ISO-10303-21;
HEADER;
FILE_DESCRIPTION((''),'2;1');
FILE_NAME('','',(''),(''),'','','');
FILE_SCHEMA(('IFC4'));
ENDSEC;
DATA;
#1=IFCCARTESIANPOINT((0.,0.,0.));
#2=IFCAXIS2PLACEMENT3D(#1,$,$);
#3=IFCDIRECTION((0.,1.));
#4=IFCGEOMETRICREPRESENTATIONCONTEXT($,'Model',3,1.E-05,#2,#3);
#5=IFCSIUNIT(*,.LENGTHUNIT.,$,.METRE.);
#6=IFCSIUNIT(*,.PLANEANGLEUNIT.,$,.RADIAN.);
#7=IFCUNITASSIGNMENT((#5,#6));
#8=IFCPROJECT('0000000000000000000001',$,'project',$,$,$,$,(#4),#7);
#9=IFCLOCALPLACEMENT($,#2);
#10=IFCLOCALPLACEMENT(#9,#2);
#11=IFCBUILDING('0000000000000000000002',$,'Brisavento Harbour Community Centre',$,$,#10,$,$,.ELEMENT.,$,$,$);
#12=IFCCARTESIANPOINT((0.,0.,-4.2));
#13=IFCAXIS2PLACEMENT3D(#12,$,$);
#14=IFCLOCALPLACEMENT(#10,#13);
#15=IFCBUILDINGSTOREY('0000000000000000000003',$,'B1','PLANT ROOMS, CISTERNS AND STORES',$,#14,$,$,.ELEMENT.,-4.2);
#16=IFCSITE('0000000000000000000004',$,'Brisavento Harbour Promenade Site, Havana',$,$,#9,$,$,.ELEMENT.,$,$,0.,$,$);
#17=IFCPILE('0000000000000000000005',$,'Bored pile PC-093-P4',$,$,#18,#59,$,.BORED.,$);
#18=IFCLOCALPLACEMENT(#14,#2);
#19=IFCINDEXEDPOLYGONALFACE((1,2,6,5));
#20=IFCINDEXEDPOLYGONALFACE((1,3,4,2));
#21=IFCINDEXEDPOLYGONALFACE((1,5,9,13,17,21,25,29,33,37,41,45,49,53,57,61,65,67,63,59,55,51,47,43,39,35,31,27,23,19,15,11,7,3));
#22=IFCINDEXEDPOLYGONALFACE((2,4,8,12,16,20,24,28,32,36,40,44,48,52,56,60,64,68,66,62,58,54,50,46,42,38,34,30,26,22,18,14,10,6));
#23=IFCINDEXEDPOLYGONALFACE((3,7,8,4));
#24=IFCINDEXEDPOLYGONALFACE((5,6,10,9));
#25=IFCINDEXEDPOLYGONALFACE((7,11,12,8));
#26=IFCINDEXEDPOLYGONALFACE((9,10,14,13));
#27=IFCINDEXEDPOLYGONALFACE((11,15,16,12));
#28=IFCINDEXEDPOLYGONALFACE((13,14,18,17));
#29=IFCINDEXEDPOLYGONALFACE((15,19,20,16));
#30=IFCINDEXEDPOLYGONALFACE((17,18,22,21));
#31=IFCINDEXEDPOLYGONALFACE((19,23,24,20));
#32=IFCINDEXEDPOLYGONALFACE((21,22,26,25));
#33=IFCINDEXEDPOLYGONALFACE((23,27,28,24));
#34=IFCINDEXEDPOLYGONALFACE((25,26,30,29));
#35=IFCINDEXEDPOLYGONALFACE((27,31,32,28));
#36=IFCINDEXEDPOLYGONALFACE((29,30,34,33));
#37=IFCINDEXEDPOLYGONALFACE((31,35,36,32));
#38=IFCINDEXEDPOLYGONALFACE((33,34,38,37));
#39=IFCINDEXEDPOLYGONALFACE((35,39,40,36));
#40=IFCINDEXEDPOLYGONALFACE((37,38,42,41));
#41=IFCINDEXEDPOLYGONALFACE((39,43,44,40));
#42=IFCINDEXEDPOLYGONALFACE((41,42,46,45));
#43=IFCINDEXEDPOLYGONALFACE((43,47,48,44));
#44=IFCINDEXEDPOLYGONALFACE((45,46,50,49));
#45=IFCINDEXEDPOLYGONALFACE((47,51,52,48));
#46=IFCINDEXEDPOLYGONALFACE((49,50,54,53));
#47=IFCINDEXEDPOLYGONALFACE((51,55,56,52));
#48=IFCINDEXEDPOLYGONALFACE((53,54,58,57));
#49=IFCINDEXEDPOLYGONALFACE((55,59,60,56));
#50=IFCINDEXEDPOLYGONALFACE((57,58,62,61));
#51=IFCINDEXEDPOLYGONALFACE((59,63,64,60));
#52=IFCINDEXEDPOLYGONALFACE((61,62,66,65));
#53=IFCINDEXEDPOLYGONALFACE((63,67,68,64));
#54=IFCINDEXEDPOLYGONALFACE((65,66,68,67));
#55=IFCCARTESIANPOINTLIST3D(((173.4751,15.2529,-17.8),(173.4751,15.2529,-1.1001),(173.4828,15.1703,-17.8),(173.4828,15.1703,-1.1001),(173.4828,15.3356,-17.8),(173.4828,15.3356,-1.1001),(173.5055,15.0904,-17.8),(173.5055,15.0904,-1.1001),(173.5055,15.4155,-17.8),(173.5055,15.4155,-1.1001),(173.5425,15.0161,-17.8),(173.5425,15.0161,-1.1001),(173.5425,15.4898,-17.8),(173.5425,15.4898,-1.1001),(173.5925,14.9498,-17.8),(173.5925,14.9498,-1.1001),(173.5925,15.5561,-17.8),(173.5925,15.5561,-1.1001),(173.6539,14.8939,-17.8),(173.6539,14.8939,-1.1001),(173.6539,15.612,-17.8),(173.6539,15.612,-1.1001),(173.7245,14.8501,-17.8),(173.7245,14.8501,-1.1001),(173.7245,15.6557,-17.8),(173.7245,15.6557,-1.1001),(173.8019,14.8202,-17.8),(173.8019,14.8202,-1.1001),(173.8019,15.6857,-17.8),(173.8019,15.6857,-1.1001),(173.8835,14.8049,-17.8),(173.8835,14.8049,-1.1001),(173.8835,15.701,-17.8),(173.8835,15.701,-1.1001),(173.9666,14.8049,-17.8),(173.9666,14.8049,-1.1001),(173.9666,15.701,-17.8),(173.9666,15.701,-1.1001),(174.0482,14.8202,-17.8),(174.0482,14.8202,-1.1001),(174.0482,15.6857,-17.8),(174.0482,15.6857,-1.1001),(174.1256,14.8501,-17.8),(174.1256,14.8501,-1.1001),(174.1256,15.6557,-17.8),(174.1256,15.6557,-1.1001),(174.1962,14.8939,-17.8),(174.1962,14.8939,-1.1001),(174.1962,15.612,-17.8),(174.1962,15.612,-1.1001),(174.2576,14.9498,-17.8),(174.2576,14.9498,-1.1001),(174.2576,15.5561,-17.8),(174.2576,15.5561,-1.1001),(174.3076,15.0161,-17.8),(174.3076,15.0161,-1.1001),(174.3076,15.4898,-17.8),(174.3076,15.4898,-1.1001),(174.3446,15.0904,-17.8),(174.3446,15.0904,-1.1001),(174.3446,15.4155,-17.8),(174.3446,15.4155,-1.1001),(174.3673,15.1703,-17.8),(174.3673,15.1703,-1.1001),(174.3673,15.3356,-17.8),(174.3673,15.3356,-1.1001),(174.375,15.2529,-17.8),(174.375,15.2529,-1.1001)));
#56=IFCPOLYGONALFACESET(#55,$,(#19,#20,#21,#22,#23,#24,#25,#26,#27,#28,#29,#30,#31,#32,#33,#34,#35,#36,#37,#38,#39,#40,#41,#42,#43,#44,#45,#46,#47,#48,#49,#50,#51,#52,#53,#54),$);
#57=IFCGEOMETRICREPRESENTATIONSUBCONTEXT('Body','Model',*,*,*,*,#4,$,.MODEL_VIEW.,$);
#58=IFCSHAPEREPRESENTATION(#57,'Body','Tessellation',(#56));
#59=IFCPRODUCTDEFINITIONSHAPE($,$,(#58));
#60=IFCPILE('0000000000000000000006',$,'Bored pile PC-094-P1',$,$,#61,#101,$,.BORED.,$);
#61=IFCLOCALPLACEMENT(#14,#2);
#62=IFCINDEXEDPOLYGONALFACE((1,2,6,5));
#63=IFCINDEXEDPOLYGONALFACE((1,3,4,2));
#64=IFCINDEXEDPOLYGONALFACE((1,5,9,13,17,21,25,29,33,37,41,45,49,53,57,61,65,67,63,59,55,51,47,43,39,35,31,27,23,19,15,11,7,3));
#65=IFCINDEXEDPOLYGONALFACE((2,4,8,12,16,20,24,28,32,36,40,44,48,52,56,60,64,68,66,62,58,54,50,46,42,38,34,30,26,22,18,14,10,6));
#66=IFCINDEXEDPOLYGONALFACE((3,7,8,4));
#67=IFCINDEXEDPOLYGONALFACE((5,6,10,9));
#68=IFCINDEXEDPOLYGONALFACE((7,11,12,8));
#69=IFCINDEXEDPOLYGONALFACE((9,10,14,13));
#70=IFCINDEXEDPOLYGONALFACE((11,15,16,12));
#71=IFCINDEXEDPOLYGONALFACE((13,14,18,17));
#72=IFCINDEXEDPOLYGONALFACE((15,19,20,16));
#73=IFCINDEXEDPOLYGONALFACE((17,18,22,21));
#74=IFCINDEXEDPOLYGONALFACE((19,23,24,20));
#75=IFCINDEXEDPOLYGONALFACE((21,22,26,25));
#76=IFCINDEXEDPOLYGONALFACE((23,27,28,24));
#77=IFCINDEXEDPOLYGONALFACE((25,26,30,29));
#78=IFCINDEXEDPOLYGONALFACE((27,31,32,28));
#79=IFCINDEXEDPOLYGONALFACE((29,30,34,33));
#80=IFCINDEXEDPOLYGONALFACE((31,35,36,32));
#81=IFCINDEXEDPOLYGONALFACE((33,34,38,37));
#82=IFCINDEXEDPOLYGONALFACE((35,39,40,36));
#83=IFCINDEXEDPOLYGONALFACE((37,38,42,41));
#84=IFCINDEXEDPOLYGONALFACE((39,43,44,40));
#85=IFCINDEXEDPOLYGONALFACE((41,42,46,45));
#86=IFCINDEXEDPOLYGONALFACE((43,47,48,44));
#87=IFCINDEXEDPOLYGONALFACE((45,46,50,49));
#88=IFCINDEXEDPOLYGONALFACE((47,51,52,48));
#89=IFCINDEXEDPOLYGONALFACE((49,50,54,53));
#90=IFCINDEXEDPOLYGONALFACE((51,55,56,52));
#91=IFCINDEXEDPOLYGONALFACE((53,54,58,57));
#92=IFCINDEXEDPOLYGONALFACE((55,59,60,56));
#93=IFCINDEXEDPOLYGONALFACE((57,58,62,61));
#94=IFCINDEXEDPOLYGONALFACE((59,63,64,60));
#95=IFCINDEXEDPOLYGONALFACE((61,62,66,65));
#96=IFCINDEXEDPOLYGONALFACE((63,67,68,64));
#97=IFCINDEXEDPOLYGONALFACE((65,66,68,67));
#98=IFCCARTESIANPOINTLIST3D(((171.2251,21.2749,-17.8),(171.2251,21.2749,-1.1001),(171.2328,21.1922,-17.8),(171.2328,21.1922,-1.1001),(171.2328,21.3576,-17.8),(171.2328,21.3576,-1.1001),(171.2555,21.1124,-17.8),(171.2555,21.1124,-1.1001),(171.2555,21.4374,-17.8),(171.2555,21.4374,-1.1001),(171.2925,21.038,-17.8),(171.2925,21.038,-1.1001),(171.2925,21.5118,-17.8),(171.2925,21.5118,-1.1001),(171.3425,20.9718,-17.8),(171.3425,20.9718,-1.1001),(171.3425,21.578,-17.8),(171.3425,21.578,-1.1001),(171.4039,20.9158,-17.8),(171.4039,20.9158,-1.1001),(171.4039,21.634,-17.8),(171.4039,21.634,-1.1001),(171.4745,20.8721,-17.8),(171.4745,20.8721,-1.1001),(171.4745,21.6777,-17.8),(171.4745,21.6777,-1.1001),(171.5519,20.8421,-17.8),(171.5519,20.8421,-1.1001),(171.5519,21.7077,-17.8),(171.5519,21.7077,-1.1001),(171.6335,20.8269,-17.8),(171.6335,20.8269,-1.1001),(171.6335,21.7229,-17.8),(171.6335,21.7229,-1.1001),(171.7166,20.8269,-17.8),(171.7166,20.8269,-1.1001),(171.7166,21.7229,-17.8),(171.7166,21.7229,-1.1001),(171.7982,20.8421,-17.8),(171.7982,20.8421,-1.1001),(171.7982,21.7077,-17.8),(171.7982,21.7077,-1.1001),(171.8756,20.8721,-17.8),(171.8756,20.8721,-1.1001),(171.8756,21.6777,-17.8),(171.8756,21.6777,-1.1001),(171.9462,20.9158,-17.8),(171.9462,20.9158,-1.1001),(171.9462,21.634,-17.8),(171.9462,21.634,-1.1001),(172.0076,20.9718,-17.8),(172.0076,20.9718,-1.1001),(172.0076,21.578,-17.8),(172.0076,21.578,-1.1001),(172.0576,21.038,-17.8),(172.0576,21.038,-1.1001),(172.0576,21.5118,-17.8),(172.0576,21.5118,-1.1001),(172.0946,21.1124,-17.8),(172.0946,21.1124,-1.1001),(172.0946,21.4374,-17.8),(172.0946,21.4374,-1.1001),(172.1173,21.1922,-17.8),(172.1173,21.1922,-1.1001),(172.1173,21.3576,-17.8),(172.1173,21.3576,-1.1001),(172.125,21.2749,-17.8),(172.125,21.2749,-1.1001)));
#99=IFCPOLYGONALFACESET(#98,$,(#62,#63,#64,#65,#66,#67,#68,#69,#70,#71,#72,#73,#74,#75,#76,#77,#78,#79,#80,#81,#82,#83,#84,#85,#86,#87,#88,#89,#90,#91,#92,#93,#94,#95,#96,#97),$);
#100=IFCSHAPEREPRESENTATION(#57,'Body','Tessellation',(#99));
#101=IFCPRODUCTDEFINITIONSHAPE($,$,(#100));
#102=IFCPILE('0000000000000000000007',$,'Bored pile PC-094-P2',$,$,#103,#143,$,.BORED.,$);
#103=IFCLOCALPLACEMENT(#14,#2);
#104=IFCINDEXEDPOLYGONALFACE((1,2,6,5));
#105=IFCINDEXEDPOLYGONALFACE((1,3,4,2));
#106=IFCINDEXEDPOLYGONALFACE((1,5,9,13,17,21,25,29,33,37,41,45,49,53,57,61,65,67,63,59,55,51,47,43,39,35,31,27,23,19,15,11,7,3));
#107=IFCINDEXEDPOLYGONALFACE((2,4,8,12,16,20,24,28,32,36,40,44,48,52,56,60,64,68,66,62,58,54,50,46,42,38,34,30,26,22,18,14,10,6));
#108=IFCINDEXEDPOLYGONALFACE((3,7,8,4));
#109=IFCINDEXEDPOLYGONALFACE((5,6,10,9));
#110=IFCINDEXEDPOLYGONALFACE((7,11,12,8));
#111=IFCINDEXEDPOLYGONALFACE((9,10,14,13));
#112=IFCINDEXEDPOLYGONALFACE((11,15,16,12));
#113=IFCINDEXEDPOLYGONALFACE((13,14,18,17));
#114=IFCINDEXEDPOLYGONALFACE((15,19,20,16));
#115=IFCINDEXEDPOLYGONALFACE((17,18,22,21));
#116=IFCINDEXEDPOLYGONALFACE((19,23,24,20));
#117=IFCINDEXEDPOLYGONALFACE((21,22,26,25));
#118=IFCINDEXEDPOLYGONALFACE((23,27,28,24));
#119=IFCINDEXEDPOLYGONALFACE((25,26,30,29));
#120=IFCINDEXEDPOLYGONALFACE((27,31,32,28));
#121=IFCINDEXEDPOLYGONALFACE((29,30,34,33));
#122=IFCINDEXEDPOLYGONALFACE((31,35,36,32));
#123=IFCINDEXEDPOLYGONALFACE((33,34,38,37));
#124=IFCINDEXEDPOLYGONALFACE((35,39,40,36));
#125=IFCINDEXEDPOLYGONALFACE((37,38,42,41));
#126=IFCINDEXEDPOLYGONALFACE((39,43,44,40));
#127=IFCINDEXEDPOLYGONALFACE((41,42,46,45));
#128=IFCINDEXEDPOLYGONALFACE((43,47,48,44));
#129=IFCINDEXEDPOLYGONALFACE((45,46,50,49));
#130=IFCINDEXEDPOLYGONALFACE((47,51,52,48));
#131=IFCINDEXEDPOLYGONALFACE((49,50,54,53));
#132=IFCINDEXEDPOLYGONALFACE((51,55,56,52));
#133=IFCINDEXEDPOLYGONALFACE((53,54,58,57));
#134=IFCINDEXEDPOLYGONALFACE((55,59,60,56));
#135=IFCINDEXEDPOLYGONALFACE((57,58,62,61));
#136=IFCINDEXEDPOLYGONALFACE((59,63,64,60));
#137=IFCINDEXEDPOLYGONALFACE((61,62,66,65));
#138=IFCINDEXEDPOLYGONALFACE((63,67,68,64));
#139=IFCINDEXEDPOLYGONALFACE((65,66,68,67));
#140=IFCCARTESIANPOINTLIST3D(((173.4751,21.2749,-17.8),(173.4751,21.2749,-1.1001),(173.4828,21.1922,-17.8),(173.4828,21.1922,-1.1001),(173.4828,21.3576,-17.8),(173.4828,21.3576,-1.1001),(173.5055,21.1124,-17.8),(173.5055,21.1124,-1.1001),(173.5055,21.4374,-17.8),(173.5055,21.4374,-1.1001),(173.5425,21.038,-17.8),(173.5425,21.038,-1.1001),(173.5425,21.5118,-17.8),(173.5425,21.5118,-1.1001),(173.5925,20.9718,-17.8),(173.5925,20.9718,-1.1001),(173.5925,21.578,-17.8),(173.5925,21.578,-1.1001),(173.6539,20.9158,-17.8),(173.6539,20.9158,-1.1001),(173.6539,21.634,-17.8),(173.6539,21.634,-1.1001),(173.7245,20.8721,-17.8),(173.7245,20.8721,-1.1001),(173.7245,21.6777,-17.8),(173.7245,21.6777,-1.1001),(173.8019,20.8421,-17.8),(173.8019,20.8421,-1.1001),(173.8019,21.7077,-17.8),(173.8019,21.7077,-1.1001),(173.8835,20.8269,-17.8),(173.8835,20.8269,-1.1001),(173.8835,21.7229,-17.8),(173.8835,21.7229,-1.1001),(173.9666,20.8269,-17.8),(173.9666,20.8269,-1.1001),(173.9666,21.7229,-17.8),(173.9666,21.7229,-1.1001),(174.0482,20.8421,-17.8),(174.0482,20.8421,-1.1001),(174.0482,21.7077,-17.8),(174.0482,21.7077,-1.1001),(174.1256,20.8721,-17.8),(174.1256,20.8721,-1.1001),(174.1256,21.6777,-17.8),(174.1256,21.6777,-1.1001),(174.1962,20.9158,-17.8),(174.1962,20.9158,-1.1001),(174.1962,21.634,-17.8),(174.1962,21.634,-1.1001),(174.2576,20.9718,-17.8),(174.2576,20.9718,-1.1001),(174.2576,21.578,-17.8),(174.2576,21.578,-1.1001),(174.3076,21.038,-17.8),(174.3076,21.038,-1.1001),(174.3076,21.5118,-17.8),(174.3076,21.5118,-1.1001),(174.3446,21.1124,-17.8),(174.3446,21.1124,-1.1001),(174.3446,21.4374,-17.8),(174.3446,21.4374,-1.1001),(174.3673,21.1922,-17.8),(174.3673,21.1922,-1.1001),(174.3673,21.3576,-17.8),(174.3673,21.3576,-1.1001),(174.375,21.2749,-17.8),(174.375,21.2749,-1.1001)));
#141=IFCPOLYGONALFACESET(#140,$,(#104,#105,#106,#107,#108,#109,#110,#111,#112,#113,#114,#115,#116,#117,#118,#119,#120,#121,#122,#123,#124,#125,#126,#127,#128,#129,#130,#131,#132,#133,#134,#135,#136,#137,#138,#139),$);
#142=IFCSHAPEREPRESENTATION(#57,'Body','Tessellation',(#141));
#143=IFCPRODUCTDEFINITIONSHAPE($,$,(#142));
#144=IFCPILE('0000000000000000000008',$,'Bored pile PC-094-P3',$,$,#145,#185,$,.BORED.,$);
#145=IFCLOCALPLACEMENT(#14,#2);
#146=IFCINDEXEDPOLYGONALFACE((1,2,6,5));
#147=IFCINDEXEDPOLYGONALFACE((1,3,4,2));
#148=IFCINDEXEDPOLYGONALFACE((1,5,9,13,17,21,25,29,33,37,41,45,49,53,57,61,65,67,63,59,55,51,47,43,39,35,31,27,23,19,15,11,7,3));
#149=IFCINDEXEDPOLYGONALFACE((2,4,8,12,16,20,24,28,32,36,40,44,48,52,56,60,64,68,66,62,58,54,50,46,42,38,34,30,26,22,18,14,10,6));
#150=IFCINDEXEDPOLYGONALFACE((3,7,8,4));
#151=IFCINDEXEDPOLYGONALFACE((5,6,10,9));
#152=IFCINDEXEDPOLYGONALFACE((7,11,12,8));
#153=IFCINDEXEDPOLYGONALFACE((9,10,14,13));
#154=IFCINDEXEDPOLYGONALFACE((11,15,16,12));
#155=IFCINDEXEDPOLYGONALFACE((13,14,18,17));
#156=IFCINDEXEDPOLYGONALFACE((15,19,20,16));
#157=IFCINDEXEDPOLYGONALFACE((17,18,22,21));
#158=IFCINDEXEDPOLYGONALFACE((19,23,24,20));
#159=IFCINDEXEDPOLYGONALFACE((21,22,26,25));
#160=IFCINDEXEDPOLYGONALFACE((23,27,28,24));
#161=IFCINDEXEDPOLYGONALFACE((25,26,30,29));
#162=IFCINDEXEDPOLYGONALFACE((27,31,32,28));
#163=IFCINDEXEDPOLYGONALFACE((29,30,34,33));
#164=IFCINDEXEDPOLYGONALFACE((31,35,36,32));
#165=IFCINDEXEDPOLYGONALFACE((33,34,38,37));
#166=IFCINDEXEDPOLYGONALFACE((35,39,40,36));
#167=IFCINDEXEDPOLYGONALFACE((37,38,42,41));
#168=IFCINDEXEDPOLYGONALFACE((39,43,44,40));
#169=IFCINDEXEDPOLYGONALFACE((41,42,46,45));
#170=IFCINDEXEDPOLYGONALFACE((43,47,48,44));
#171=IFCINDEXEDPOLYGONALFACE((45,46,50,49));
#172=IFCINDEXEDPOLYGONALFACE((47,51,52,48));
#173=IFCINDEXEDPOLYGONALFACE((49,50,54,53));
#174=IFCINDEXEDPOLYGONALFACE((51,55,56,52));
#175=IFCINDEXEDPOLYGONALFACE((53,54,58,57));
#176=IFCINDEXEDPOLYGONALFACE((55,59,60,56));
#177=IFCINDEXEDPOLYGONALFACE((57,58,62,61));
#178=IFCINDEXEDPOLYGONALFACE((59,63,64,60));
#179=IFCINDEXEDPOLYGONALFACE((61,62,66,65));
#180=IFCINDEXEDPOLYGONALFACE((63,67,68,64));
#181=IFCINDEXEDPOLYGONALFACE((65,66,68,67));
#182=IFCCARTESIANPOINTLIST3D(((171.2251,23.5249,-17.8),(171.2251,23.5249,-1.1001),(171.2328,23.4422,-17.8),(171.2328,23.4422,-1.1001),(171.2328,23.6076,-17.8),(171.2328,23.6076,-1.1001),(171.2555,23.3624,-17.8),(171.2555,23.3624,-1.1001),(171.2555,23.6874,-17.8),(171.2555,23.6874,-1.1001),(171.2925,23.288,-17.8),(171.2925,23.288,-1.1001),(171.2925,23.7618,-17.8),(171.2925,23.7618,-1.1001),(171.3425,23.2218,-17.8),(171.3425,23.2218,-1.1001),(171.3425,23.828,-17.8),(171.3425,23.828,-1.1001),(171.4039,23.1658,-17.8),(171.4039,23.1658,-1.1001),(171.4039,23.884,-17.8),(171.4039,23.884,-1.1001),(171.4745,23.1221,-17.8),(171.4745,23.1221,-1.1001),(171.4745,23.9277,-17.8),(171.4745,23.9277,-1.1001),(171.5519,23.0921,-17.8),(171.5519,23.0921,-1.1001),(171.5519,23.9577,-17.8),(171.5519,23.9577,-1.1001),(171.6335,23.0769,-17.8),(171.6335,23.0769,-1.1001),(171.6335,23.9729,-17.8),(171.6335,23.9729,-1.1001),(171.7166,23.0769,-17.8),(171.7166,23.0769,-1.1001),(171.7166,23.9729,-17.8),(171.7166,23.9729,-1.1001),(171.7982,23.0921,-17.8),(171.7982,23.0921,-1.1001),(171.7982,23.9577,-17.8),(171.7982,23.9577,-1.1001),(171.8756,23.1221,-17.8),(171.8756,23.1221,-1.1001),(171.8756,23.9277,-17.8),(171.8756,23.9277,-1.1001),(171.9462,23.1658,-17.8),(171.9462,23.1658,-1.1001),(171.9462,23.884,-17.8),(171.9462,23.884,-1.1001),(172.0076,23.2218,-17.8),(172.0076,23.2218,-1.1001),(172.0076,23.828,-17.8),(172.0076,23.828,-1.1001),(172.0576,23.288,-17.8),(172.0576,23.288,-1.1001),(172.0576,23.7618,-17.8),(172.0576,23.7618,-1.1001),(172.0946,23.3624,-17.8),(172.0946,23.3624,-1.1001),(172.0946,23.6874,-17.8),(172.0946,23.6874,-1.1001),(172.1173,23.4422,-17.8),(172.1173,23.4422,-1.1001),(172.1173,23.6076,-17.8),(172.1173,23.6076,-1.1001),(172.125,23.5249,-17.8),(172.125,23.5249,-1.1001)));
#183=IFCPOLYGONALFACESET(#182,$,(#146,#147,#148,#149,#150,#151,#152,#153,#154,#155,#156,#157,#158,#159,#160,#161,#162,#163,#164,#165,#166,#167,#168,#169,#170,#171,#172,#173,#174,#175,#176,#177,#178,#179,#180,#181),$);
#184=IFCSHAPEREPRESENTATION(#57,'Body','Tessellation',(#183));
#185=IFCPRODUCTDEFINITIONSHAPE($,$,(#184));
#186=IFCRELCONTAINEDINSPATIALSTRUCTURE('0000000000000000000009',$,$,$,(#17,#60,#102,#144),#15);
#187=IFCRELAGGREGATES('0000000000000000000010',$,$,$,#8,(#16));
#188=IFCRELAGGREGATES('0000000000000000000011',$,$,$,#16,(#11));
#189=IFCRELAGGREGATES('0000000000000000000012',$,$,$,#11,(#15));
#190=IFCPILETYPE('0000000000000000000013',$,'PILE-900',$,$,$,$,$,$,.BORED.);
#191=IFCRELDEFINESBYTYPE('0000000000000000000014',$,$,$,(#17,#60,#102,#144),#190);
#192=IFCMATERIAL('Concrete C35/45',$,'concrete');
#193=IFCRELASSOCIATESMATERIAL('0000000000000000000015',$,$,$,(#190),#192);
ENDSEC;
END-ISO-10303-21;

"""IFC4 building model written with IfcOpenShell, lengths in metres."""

from ifc_helpers import new_model, si_unit, direction, frame, origin, origin_2d, place, context, subcontext, project, spatial, circle, extrude, material, material_profile, profile_set, type_object, element, save


model = new_model("IFC4")

# Units and contexts
model_context = context("Model", 3, precision=1e-05, world=origin(), true_north=direction((0.0, 1.0)))
body_context = subcontext(model_context, "Body", "Model", "MODEL_VIEW")
ifc_project = project(units=[si_unit("LENGTHUNIT", "METRE"), si_unit("PLANEANGLEUNIT", "RADIAN")], contexts=[model_context])

# Site, building, storey
site_placement = place(None, origin())
site = spatial("IfcSite", under=ifc_project, at=site_placement, Name="Brisavento Harbour Promenade Site, Havana", CompositionType="ELEMENT", RefElevation=0.0)
building_placement = place(site_placement, origin())
building = spatial("IfcBuilding", under=site, at=building_placement, Name="Brisavento Harbour Community Centre", CompositionType="ELEMENT")
storey_placement = place(building_placement, frame((0.0, 0.0, -4.2)))
storey = spatial("IfcBuildingStorey", under=building, at=storey_placement, Name="B1", Description="PLANT ROOMS, CISTERNS AND STORES", CompositionType="ELEMENT", Elevation=-4.2)

# Shared definitions
ifc_material_1 = material(Name="Concrete C35/45", Category="concrete")

# Piles
ifc_material_profile_1 = material_profile(ifc_material_1, circle(Radius=0.45, at=origin_2d()), Name="Concrete C35/45")
ifc_profile_set_1 = profile_set([ifc_material_profile_1], Name="Concrete C35/45")
pile_type_1 = type_object("IfcPileType", Name="PILE-900", PredefinedType="BORED", material=ifc_profile_set_1)
for number, where, z_axis, x_axis, name in (
    (1, (173.925, 15.2529, -1.1001), (0.0, 0.0, -1.0), (1.0, 0.0, 0.0), "Bored pile PC-093-P4"),
    (2, (171.675, 21.2749, -1.1001), (0.0, 0.0, -1.0), (1.0, 0.0, 0.0), "Bored pile PC-094-P1"),
    (3, (173.925, 21.2749, -1.1001), (0.0, 0.0, -1.0), (1.0, 0.0, 0.0), "Bored pile PC-094-P2"),
    (4, (171.675, 23.5249, -1.1001), (0.0, 0.0, -1.0), (1.0, 0.0, 0.0), "Bored pile PC-094-P3"),
):
    element("IfcPile", number, at=place(storey_placement, frame(where, z_axis=z_axis, x_axis=x_axis)), inside=storey, type_object=pile_type_1, Name=name, PredefinedType="BORED", context=body_context, shape_type="SweptSolid", body=[
        extrude(circle(Radius=0.45, at=origin_2d()), origin(), (0.0, 0.0, 1.0), 16.7),
    ])

save(model, "model.ifc")
